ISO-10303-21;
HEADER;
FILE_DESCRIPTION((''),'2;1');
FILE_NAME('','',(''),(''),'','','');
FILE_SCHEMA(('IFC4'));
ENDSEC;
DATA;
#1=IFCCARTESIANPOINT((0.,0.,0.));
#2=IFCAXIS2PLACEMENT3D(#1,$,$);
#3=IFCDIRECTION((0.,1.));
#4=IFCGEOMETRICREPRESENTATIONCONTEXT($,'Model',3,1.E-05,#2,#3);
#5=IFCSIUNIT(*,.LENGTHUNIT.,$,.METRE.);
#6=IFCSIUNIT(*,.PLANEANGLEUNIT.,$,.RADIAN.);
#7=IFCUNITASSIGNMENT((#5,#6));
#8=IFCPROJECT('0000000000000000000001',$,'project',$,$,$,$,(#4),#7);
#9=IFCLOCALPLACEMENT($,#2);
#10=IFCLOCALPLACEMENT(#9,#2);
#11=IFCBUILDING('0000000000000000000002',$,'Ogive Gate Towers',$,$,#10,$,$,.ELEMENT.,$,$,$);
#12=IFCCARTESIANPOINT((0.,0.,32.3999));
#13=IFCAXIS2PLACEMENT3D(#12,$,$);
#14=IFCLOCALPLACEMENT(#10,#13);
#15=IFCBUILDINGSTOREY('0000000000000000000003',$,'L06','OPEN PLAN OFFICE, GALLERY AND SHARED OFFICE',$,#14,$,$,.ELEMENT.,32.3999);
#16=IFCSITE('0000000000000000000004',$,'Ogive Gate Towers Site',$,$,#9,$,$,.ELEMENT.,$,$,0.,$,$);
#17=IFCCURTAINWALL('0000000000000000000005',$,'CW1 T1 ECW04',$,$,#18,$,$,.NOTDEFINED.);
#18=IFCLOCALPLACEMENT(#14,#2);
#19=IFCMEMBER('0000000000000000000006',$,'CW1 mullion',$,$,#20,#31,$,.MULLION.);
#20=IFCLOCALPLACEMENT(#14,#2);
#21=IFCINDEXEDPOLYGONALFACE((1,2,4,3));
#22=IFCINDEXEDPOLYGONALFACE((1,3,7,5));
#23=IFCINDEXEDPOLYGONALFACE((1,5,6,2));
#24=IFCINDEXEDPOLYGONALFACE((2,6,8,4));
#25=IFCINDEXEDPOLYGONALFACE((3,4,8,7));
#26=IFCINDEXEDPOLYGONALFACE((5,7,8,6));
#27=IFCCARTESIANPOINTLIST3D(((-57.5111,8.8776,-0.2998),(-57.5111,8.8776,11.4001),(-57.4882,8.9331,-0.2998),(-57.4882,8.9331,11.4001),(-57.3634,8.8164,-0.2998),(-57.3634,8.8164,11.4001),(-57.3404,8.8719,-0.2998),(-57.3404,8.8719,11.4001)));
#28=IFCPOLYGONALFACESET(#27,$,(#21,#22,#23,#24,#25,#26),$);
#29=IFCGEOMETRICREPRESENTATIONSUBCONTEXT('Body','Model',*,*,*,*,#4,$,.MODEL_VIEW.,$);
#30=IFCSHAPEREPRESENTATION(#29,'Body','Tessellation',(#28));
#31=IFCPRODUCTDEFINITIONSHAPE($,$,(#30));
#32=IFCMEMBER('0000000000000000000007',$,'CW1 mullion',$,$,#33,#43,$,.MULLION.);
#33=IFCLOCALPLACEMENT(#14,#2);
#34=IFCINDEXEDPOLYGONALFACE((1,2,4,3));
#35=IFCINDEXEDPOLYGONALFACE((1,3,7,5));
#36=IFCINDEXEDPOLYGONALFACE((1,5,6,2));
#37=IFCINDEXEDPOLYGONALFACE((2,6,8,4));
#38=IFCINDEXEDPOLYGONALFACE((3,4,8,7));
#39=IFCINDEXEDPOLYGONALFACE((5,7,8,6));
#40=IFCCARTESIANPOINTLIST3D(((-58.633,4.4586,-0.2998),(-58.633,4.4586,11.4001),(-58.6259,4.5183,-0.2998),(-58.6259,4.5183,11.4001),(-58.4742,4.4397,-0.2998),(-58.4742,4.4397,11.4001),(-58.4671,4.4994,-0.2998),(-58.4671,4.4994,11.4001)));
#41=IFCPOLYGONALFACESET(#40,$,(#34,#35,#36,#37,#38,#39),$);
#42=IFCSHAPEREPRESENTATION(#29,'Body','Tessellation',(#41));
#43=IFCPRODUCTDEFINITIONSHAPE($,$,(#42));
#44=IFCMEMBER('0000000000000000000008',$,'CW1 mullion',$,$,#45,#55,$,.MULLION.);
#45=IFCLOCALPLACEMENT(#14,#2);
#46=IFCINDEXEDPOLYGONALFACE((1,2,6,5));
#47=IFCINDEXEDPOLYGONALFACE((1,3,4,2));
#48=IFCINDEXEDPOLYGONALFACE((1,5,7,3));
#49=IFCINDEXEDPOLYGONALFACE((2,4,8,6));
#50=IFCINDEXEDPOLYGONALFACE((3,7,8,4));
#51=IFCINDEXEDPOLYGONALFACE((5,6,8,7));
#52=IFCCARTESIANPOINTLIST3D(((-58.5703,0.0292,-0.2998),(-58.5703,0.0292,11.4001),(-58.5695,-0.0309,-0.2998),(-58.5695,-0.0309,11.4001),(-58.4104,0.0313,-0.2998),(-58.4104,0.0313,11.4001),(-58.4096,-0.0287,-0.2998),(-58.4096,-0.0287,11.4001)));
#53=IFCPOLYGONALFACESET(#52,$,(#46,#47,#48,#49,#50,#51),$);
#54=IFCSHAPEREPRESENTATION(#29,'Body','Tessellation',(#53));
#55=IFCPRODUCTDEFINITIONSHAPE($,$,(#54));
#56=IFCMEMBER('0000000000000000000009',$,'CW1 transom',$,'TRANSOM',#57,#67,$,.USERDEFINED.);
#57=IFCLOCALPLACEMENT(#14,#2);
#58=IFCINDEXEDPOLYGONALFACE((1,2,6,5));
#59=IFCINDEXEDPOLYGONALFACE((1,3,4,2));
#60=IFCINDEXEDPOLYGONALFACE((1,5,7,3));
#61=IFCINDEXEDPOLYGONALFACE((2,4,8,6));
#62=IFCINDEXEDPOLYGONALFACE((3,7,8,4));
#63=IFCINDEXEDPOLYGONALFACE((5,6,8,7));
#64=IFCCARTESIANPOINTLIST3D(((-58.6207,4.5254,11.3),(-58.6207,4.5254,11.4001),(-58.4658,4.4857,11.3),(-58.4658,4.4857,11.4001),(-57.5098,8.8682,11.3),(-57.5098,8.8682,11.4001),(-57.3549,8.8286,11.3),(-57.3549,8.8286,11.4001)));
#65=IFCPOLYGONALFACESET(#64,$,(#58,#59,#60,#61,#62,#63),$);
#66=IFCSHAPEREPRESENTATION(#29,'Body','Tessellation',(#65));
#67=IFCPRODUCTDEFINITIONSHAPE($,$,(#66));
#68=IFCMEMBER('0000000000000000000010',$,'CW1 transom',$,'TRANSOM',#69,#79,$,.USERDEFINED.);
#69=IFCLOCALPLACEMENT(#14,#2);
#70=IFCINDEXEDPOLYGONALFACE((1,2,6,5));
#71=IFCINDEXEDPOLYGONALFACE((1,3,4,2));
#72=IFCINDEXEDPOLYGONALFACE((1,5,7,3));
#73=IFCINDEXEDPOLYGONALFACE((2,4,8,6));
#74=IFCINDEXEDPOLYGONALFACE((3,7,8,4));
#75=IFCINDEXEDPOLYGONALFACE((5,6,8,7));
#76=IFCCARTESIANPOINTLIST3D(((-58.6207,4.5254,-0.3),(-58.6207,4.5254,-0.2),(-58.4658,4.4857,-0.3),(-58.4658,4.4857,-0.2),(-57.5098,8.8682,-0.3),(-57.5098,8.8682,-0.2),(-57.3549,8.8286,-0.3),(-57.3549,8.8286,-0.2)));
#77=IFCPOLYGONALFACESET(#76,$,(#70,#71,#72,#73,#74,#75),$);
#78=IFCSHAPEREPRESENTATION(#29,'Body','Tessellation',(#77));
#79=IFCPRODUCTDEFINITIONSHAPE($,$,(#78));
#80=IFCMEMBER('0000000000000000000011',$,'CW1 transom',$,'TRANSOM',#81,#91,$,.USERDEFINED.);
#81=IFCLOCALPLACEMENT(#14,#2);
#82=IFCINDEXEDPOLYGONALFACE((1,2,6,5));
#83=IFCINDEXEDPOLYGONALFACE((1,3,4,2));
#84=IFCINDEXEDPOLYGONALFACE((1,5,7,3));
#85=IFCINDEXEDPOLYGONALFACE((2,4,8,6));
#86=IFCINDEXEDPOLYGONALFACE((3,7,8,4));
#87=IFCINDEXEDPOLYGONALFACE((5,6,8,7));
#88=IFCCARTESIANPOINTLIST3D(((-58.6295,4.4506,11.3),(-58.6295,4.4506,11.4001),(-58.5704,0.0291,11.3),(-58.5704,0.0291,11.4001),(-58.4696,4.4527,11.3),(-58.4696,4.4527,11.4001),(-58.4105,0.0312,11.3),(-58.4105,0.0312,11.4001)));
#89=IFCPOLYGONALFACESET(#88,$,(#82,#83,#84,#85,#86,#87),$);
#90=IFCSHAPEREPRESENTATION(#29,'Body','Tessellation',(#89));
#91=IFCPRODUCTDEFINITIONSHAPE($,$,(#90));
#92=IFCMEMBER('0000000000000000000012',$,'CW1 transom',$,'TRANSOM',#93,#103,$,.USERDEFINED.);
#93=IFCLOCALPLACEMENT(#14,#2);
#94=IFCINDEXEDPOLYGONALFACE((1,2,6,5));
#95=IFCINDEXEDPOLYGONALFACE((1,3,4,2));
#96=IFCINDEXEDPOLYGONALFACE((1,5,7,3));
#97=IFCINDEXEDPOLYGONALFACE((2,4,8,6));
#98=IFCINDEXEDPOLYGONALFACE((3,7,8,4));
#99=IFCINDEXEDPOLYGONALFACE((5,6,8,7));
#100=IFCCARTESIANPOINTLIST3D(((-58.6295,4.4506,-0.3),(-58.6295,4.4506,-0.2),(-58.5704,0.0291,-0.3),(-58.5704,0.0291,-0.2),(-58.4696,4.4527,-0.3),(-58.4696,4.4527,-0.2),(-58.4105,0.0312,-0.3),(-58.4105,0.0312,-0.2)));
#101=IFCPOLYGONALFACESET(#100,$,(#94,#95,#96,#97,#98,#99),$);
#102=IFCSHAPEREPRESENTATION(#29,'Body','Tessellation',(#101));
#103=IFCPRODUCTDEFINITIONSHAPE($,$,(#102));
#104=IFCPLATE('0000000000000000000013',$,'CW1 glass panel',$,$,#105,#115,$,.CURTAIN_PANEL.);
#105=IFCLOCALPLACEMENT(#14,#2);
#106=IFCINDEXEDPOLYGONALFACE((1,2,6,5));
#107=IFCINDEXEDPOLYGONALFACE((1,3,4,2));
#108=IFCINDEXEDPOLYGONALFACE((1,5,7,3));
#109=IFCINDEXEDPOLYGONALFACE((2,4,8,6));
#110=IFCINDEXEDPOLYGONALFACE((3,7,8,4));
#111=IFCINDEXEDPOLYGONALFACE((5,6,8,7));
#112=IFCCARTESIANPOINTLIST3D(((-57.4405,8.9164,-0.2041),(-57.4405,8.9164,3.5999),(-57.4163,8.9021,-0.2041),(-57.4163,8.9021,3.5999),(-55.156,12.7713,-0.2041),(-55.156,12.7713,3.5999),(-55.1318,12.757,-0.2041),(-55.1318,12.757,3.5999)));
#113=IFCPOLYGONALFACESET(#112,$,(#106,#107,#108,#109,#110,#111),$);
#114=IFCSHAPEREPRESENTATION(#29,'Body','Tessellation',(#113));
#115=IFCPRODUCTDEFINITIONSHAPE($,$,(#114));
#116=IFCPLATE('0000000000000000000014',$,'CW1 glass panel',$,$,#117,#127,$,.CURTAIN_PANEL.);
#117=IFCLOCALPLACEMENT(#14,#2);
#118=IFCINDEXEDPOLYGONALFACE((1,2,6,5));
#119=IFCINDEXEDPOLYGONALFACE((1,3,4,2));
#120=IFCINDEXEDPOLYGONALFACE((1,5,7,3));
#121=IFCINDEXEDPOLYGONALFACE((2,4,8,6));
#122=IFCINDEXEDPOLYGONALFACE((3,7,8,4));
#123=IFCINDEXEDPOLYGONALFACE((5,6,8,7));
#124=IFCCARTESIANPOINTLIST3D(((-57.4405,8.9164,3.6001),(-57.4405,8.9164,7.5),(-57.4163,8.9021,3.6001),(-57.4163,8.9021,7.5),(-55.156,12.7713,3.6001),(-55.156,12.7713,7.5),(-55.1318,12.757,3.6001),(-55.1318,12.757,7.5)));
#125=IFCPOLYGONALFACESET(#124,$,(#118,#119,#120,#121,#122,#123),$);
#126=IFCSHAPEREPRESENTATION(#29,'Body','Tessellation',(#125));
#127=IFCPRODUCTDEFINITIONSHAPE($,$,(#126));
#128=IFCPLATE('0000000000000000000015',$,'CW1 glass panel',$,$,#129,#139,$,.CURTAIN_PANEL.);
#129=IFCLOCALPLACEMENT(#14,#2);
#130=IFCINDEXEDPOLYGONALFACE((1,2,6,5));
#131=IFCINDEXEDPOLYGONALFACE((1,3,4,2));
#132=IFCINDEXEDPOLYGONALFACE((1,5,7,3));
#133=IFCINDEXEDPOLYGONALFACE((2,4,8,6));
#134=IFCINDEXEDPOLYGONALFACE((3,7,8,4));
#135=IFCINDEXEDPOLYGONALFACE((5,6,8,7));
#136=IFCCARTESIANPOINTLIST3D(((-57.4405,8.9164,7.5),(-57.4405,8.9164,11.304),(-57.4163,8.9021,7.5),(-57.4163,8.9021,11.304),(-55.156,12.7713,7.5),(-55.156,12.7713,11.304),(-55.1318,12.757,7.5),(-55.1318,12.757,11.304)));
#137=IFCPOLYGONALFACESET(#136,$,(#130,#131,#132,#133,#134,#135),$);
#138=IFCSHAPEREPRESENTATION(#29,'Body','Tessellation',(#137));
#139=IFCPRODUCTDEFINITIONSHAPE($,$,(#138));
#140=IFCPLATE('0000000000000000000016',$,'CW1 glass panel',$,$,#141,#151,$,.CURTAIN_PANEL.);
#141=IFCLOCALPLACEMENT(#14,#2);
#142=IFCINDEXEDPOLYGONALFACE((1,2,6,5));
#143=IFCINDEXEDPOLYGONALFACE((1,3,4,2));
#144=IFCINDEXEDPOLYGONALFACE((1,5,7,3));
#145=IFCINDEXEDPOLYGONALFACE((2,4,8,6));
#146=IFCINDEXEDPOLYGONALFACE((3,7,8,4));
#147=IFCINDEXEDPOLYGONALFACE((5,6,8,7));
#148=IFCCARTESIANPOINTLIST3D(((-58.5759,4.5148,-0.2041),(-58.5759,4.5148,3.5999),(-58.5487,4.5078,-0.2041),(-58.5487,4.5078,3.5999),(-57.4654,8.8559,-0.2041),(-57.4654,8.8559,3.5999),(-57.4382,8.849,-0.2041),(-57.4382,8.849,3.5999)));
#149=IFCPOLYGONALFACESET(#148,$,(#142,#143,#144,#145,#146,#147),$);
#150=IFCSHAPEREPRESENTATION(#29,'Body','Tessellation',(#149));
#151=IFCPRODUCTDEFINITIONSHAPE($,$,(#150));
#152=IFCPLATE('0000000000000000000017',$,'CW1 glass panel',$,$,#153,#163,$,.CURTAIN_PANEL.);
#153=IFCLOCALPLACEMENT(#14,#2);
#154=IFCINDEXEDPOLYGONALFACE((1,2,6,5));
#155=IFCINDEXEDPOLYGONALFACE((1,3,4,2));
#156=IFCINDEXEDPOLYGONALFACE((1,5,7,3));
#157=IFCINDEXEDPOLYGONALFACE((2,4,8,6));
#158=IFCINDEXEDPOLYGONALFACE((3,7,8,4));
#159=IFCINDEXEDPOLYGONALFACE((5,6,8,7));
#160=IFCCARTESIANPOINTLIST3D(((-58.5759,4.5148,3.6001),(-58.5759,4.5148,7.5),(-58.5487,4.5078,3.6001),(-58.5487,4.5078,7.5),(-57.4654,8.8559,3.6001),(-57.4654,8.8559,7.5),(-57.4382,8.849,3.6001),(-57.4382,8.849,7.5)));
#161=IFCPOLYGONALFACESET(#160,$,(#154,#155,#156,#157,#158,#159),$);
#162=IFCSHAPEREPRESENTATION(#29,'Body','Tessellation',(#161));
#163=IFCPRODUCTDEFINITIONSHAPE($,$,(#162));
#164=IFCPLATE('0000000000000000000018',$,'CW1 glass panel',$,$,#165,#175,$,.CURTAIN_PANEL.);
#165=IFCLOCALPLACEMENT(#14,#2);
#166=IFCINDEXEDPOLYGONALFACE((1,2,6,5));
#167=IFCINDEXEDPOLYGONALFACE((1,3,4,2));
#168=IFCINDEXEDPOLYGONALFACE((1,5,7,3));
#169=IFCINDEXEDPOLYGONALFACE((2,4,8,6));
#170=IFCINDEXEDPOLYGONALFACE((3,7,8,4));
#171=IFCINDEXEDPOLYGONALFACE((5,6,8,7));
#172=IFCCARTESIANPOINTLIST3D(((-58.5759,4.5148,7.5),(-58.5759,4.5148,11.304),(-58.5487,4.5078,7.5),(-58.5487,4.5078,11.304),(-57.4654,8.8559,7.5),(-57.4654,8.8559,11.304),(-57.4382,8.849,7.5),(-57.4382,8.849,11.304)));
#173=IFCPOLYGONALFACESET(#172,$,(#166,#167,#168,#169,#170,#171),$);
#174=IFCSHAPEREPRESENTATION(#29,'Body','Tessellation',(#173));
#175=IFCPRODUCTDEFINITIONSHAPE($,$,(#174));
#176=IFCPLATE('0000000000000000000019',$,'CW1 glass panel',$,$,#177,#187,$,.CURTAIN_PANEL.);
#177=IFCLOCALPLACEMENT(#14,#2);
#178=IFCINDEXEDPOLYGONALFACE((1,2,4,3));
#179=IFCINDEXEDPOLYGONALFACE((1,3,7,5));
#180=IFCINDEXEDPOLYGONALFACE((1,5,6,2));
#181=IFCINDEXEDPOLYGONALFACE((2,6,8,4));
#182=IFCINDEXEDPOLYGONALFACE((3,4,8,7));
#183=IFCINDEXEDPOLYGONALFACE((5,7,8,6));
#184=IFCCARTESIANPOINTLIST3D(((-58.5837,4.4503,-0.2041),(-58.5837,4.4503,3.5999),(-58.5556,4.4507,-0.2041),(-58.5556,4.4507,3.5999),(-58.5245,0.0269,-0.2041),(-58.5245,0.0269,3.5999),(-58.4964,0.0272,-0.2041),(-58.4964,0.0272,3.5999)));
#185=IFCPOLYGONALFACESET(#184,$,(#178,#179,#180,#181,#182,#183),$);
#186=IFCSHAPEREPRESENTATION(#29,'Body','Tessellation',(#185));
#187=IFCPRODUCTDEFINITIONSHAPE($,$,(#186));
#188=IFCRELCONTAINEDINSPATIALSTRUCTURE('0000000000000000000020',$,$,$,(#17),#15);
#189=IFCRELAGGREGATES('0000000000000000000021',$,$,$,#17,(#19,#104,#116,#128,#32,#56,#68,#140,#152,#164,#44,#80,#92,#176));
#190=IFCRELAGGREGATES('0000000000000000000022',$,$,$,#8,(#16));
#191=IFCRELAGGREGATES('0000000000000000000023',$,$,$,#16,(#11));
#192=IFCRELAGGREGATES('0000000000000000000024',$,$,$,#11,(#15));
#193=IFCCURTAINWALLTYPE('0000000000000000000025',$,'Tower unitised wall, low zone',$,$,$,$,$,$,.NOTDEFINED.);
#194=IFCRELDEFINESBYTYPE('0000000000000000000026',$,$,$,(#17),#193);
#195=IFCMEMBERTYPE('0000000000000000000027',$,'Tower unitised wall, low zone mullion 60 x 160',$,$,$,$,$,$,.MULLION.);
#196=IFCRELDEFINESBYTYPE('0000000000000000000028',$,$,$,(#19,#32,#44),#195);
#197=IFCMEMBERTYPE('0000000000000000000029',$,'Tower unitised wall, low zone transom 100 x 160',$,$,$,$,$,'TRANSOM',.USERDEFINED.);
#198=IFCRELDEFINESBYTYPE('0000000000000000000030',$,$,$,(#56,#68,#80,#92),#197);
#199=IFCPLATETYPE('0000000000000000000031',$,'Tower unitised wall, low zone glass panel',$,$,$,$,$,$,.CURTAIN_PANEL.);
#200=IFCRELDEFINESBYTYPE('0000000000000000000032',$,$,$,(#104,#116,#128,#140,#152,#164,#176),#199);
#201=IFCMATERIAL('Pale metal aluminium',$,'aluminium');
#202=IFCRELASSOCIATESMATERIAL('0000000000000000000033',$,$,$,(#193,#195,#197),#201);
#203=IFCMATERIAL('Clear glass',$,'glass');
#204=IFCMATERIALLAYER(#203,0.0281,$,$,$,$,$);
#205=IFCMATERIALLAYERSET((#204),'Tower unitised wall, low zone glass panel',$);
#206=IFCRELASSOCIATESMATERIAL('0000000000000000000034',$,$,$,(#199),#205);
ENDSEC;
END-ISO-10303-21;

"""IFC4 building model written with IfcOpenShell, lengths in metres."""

from ifc_helpers import new_model, si_unit, direction, frame, origin, origin_2d, place, context, subcontext, project, spatial, rectangle, extrude, material, layer, layer_set, material_profile, profile_set, type_object, element, aggregate, save


model = new_model("IFC4")

# Units and contexts
model_context = context("Model", 3, precision=1e-05, world=origin(), true_north=direction((0.0, 1.0)))
body_context = subcontext(model_context, "Body", "Model", "MODEL_VIEW")
ifc_project = project(units=[si_unit("LENGTHUNIT", "METRE"), si_unit("PLANEANGLEUNIT", "RADIAN")], contexts=[model_context])

# Site, building, storey
site_placement = place(None, origin())
site = spatial("IfcSite", under=ifc_project, at=site_placement, Name="Ogive Gate Towers Site", CompositionType="ELEMENT", RefElevation=0.0)
building_placement = place(site_placement, origin())
building = spatial("IfcBuilding", under=site, at=building_placement, Name="Ogive Gate Towers", CompositionType="ELEMENT")
storey_placement = place(building_placement, frame((0.0, 0.0, 32.3999)))
storey = spatial("IfcBuildingStorey", under=building, at=storey_placement, Name="L06", Description="OPEN PLAN OFFICE, GALLERY AND SHARED OFFICE", CompositionType="ELEMENT", Elevation=32.3999)

# Curtain wall, members, plates
ifc_material_1 = material(Name="Pale metal aluminium", Category="aluminium")
curtain_wall_type = type_object("IfcCurtainWallType", Name="Tower unitised wall, low zone", PredefinedType="NOTDEFINED", material=ifc_material_1)
curtain_wall_placement = place(storey_placement, origin())
curtain_wall = element("IfcCurtainWall", 1, at=curtain_wall_placement, inside=storey, type_object=curtain_wall_type, Name="CW1 T1 ECW04", PredefinedType="NOTDEFINED")
ifc_material_profile_1 = material_profile(ifc_material_1, rectangle(XDim=0.1599, YDim=0.0601, at=origin_2d()), Name="60 x 160 aluminium box")
ifc_profile_set_1 = profile_set([ifc_material_profile_1], Name="Pale metal aluminium")
member_type_1 = type_object("IfcMemberType", Name="Tower unitised wall, low zone mullion 60 x 160", PredefinedType="MULLION", material=ifc_profile_set_1)
member_1_placement = place(storey_placement, frame((-57.4258, 8.8748, -0.2998), z_axis=(0.0, 0.0, 1.0), x_axis=(-0.92388, 0.382683, 0.0)))
member_1 = element("IfcMember", 2, at=member_1_placement, type_object=member_type_1, Name="CW1 mullion", PredefinedType="MULLION", context=body_context, shape_type="SweptSolid", body=[
    extrude(rectangle(XDim=0.1599, YDim=0.0601, at=origin_2d()), origin(), (0.0, 0.0, 1.0), 11.7),
])
member_2_placement = place(storey_placement, frame((-58.55, 4.479, -0.2998), z_axis=(0.0, 0.0, 1.0), x_axis=(-0.992984, 0.118248, 0.0)))
member_2 = element("IfcMember", 3, at=member_2_placement, type_object=member_type_1, Name="CW1 mullion", PredefinedType="MULLION", context=body_context, shape_type="SweptSolid", body=[
    extrude(rectangle(XDim=0.1599, YDim=0.0601, at=origin_2d()), origin(), (0.0, 0.0, 1.0), 11.7),
])
member_3_placement = place(storey_placement, frame((-58.49, 0.0002, -0.2998), z_axis=(0.0, 0.0, 1.0), x_axis=(-0.99991, -0.013386, 0.0)))
member_3 = element("IfcMember", 4, at=member_3_placement, type_object=member_type_1, Name="CW1 mullion", PredefinedType="MULLION", context=body_context, shape_type="SweptSolid", body=[
    extrude(rectangle(XDim=0.1599, YDim=0.0601, at=origin_2d()), origin(), (0.0, 0.0, 1.0), 11.7),
])
ifc_material_profile_2 = material_profile(ifc_material_1, rectangle(XDim=0.1599, YDim=0.1001, at=origin_2d()), Name="100 x 160 aluminium box")
ifc_profile_set_2 = profile_set([ifc_material_profile_2], Name="Pale metal aluminium")
member_type_2 = type_object("IfcMemberType", Name="Tower unitised wall, low zone transom 100 x 160", ElementType="TRANSOM", PredefinedType="USERDEFINED", material=ifc_profile_set_2)
member_4_placement = place(storey_placement, frame((-57.4324, 8.8484, 11.3501), z_axis=(-0.247812, -0.968808, 0.0), x_axis=(0.968808, -0.247812, 0.0)))
member_4 = element("IfcMember", 5, at=member_4_placement, type_object=member_type_2, Name="CW1 transom", ObjectType="TRANSOM", PredefinedType="USERDEFINED", context=body_context, shape_type="SweptSolid", body=[
    extrude(rectangle(XDim=0.1599, YDim=0.1001, at=origin_2d()), origin(), (0.0, 0.0, 1.0), 4.4827),
])
member_5_placement = place(storey_placement, frame((-57.4324, 8.8484, -0.25), z_axis=(-0.247812, -0.968808, 0.0), x_axis=(0.968808, -0.247812, 0.0)))
member_5 = element("IfcMember", 6, at=member_5_placement, type_object=member_type_2, Name="CW1 transom", ObjectType="TRANSOM", PredefinedType="USERDEFINED", context=body_context, shape_type="SweptSolid", body=[
    extrude(rectangle(XDim=0.1599, YDim=0.1001, at=origin_2d()), origin(), (0.0, 0.0, 1.0), 4.4827),
])
member_6_placement = place(storey_placement, frame((-58.5496, 4.4517, 11.3501), z_axis=(0.013362, -0.999911, 0.0), x_axis=(0.999911, 0.013362, 0.0)))
member_6 = element("IfcMember", 7, at=member_6_placement, type_object=member_type_2, Name="CW1 transom", ObjectType="TRANSOM", PredefinedType="USERDEFINED", context=body_context, shape_type="SweptSolid", body=[
    extrude(rectangle(XDim=0.1599, YDim=0.1001, at=origin_2d()), origin(), (0.0, 0.0, 1.0), 4.4219),
])
member_7_placement = place(storey_placement, frame((-58.5496, 4.4517, -0.25), z_axis=(0.013362, -0.999911, 0.0), x_axis=(0.999911, 0.013362, 0.0)))
member_7 = element("IfcMember", 8, at=member_7_placement, type_object=member_type_2, Name="CW1 transom", ObjectType="TRANSOM", PredefinedType="USERDEFINED", context=body_context, shape_type="SweptSolid", body=[
    extrude(rectangle(XDim=0.1599, YDim=0.1001, at=origin_2d()), origin(), (0.0, 0.0, 1.0), 4.4219),
])
ifc_material_2 = material(Name="Clear glass", Category="glass")
ifc_layer = layer(ifc_material_2, 0.0281)
ifc_layer_set = layer_set([ifc_layer], Name="Tower unitised wall, low zone glass panel")
plate_type = type_object("IfcPlateType", Name="Tower unitised wall, low zone glass panel", PredefinedType="CURTAIN_PANEL", material=ifc_layer_set)
plate_1_placement = place(storey_placement, frame((-56.2861, 10.8367, -0.2041), z_axis=(0.0, 0.0, 1.0), x_axis=(-0.509822, -0.86028, 0.0)))
plate_1 = element("IfcPlate", 9, at=plate_1_placement, type_object=plate_type, Name="CW1 glass panel", PredefinedType="CURTAIN_PANEL", context=body_context, shape_type="SweptSolid", body=[
    extrude(rectangle(XDim=4.481, YDim=0.0281, at=origin_2d()), origin(), (0.0, 0.0, 1.0), 3.804),
])
plate_2_placement = place(storey_placement, frame((-56.2861, 10.8367, 3.6001), z_axis=(0.0, 0.0, 1.0), x_axis=(-0.509822, -0.86028, 0.0)))
plate_2 = element("IfcPlate", 10, at=plate_2_placement, type_object=plate_type, Name="CW1 glass panel", PredefinedType="CURTAIN_PANEL", context=body_context, shape_type="SweptSolid", body=[
    extrude(rectangle(XDim=4.481, YDim=0.0281, at=origin_2d()), origin(), (0.0, 0.0, 1.0), 3.8999),
])
plate_3_placement = place(storey_placement, frame((-56.2861, 10.8367, 7.5), z_axis=(0.0, 0.0, 1.0), x_axis=(-0.509822, -0.86028, 0.0)))
plate_3 = element("IfcPlate", 11, at=plate_3_placement, type_object=plate_type, Name="CW1 glass panel", PredefinedType="CURTAIN_PANEL", context=body_context, shape_type="SweptSolid", body=[
    extrude(rectangle(XDim=4.481, YDim=0.0281, at=origin_2d()), origin(), (0.0, 0.0, 1.0), 3.804),
])
plate_4_placement = place(storey_placement, frame((-58.0071, 6.6819, -0.2041), z_axis=(0.0, 0.0, 1.0), x_axis=(-0.247828, -0.968804, 0.0)))
plate_4 = element("IfcPlate", 12, at=plate_4_placement, type_object=plate_type, Name="CW1 glass panel", PredefinedType="CURTAIN_PANEL", context=body_context, shape_type="SweptSolid", body=[
    extrude(rectangle(XDim=4.481, YDim=0.0281, at=origin_2d()), origin(), (0.0, 0.0, 1.0), 3.804),
])
plate_5_placement = place(storey_placement, frame((-58.0071, 6.6819, 3.6001), z_axis=(0.0, 0.0, 1.0), x_axis=(-0.247828, -0.968804, 0.0)))
plate_5 = element("IfcPlate", 13, at=plate_5_placement, type_object=plate_type, Name="CW1 glass panel", PredefinedType="CURTAIN_PANEL", context=body_context, shape_type="SweptSolid", body=[
    extrude(rectangle(XDim=4.481, YDim=0.0281, at=origin_2d()), origin(), (0.0, 0.0, 1.0), 3.8999),
])
plate_6_placement = place(storey_placement, frame((-58.0071, 6.6819, 7.5), z_axis=(0.0, 0.0, 1.0), x_axis=(-0.247828, -0.968804, 0.0)))
plate_6 = element("IfcPlate", 14, at=plate_6_placement, type_object=plate_type, Name="CW1 glass panel", PredefinedType="CURTAIN_PANEL", context=body_context, shape_type="SweptSolid", body=[
    extrude(rectangle(XDim=4.481, YDim=0.0281, at=origin_2d()), origin(), (0.0, 0.0, 1.0), 3.804),
])
plate_7_placement = place(storey_placement, frame((-58.54, 2.2388, -0.2041), z_axis=(0.0, 0.0, 1.0), x_axis=(0.013386, -0.99991, 0.0)))
plate_7 = element("IfcPlate", 15, at=plate_7_placement, type_object=plate_type, Name="CW1 glass panel", PredefinedType="CURTAIN_PANEL", context=body_context, shape_type="SweptSolid", body=[
    extrude(rectangle(XDim=4.4238, YDim=0.0281, at=origin_2d()), origin(), (0.0, 0.0, 1.0), 3.804),
])
aggregate(curtain_wall, [member_1, plate_1, plate_2, plate_3, member_2, member_4, member_5, plate_4, plate_5, plate_6, member_3, member_6, member_7, plate_7])

save(model, "model.ifc")
